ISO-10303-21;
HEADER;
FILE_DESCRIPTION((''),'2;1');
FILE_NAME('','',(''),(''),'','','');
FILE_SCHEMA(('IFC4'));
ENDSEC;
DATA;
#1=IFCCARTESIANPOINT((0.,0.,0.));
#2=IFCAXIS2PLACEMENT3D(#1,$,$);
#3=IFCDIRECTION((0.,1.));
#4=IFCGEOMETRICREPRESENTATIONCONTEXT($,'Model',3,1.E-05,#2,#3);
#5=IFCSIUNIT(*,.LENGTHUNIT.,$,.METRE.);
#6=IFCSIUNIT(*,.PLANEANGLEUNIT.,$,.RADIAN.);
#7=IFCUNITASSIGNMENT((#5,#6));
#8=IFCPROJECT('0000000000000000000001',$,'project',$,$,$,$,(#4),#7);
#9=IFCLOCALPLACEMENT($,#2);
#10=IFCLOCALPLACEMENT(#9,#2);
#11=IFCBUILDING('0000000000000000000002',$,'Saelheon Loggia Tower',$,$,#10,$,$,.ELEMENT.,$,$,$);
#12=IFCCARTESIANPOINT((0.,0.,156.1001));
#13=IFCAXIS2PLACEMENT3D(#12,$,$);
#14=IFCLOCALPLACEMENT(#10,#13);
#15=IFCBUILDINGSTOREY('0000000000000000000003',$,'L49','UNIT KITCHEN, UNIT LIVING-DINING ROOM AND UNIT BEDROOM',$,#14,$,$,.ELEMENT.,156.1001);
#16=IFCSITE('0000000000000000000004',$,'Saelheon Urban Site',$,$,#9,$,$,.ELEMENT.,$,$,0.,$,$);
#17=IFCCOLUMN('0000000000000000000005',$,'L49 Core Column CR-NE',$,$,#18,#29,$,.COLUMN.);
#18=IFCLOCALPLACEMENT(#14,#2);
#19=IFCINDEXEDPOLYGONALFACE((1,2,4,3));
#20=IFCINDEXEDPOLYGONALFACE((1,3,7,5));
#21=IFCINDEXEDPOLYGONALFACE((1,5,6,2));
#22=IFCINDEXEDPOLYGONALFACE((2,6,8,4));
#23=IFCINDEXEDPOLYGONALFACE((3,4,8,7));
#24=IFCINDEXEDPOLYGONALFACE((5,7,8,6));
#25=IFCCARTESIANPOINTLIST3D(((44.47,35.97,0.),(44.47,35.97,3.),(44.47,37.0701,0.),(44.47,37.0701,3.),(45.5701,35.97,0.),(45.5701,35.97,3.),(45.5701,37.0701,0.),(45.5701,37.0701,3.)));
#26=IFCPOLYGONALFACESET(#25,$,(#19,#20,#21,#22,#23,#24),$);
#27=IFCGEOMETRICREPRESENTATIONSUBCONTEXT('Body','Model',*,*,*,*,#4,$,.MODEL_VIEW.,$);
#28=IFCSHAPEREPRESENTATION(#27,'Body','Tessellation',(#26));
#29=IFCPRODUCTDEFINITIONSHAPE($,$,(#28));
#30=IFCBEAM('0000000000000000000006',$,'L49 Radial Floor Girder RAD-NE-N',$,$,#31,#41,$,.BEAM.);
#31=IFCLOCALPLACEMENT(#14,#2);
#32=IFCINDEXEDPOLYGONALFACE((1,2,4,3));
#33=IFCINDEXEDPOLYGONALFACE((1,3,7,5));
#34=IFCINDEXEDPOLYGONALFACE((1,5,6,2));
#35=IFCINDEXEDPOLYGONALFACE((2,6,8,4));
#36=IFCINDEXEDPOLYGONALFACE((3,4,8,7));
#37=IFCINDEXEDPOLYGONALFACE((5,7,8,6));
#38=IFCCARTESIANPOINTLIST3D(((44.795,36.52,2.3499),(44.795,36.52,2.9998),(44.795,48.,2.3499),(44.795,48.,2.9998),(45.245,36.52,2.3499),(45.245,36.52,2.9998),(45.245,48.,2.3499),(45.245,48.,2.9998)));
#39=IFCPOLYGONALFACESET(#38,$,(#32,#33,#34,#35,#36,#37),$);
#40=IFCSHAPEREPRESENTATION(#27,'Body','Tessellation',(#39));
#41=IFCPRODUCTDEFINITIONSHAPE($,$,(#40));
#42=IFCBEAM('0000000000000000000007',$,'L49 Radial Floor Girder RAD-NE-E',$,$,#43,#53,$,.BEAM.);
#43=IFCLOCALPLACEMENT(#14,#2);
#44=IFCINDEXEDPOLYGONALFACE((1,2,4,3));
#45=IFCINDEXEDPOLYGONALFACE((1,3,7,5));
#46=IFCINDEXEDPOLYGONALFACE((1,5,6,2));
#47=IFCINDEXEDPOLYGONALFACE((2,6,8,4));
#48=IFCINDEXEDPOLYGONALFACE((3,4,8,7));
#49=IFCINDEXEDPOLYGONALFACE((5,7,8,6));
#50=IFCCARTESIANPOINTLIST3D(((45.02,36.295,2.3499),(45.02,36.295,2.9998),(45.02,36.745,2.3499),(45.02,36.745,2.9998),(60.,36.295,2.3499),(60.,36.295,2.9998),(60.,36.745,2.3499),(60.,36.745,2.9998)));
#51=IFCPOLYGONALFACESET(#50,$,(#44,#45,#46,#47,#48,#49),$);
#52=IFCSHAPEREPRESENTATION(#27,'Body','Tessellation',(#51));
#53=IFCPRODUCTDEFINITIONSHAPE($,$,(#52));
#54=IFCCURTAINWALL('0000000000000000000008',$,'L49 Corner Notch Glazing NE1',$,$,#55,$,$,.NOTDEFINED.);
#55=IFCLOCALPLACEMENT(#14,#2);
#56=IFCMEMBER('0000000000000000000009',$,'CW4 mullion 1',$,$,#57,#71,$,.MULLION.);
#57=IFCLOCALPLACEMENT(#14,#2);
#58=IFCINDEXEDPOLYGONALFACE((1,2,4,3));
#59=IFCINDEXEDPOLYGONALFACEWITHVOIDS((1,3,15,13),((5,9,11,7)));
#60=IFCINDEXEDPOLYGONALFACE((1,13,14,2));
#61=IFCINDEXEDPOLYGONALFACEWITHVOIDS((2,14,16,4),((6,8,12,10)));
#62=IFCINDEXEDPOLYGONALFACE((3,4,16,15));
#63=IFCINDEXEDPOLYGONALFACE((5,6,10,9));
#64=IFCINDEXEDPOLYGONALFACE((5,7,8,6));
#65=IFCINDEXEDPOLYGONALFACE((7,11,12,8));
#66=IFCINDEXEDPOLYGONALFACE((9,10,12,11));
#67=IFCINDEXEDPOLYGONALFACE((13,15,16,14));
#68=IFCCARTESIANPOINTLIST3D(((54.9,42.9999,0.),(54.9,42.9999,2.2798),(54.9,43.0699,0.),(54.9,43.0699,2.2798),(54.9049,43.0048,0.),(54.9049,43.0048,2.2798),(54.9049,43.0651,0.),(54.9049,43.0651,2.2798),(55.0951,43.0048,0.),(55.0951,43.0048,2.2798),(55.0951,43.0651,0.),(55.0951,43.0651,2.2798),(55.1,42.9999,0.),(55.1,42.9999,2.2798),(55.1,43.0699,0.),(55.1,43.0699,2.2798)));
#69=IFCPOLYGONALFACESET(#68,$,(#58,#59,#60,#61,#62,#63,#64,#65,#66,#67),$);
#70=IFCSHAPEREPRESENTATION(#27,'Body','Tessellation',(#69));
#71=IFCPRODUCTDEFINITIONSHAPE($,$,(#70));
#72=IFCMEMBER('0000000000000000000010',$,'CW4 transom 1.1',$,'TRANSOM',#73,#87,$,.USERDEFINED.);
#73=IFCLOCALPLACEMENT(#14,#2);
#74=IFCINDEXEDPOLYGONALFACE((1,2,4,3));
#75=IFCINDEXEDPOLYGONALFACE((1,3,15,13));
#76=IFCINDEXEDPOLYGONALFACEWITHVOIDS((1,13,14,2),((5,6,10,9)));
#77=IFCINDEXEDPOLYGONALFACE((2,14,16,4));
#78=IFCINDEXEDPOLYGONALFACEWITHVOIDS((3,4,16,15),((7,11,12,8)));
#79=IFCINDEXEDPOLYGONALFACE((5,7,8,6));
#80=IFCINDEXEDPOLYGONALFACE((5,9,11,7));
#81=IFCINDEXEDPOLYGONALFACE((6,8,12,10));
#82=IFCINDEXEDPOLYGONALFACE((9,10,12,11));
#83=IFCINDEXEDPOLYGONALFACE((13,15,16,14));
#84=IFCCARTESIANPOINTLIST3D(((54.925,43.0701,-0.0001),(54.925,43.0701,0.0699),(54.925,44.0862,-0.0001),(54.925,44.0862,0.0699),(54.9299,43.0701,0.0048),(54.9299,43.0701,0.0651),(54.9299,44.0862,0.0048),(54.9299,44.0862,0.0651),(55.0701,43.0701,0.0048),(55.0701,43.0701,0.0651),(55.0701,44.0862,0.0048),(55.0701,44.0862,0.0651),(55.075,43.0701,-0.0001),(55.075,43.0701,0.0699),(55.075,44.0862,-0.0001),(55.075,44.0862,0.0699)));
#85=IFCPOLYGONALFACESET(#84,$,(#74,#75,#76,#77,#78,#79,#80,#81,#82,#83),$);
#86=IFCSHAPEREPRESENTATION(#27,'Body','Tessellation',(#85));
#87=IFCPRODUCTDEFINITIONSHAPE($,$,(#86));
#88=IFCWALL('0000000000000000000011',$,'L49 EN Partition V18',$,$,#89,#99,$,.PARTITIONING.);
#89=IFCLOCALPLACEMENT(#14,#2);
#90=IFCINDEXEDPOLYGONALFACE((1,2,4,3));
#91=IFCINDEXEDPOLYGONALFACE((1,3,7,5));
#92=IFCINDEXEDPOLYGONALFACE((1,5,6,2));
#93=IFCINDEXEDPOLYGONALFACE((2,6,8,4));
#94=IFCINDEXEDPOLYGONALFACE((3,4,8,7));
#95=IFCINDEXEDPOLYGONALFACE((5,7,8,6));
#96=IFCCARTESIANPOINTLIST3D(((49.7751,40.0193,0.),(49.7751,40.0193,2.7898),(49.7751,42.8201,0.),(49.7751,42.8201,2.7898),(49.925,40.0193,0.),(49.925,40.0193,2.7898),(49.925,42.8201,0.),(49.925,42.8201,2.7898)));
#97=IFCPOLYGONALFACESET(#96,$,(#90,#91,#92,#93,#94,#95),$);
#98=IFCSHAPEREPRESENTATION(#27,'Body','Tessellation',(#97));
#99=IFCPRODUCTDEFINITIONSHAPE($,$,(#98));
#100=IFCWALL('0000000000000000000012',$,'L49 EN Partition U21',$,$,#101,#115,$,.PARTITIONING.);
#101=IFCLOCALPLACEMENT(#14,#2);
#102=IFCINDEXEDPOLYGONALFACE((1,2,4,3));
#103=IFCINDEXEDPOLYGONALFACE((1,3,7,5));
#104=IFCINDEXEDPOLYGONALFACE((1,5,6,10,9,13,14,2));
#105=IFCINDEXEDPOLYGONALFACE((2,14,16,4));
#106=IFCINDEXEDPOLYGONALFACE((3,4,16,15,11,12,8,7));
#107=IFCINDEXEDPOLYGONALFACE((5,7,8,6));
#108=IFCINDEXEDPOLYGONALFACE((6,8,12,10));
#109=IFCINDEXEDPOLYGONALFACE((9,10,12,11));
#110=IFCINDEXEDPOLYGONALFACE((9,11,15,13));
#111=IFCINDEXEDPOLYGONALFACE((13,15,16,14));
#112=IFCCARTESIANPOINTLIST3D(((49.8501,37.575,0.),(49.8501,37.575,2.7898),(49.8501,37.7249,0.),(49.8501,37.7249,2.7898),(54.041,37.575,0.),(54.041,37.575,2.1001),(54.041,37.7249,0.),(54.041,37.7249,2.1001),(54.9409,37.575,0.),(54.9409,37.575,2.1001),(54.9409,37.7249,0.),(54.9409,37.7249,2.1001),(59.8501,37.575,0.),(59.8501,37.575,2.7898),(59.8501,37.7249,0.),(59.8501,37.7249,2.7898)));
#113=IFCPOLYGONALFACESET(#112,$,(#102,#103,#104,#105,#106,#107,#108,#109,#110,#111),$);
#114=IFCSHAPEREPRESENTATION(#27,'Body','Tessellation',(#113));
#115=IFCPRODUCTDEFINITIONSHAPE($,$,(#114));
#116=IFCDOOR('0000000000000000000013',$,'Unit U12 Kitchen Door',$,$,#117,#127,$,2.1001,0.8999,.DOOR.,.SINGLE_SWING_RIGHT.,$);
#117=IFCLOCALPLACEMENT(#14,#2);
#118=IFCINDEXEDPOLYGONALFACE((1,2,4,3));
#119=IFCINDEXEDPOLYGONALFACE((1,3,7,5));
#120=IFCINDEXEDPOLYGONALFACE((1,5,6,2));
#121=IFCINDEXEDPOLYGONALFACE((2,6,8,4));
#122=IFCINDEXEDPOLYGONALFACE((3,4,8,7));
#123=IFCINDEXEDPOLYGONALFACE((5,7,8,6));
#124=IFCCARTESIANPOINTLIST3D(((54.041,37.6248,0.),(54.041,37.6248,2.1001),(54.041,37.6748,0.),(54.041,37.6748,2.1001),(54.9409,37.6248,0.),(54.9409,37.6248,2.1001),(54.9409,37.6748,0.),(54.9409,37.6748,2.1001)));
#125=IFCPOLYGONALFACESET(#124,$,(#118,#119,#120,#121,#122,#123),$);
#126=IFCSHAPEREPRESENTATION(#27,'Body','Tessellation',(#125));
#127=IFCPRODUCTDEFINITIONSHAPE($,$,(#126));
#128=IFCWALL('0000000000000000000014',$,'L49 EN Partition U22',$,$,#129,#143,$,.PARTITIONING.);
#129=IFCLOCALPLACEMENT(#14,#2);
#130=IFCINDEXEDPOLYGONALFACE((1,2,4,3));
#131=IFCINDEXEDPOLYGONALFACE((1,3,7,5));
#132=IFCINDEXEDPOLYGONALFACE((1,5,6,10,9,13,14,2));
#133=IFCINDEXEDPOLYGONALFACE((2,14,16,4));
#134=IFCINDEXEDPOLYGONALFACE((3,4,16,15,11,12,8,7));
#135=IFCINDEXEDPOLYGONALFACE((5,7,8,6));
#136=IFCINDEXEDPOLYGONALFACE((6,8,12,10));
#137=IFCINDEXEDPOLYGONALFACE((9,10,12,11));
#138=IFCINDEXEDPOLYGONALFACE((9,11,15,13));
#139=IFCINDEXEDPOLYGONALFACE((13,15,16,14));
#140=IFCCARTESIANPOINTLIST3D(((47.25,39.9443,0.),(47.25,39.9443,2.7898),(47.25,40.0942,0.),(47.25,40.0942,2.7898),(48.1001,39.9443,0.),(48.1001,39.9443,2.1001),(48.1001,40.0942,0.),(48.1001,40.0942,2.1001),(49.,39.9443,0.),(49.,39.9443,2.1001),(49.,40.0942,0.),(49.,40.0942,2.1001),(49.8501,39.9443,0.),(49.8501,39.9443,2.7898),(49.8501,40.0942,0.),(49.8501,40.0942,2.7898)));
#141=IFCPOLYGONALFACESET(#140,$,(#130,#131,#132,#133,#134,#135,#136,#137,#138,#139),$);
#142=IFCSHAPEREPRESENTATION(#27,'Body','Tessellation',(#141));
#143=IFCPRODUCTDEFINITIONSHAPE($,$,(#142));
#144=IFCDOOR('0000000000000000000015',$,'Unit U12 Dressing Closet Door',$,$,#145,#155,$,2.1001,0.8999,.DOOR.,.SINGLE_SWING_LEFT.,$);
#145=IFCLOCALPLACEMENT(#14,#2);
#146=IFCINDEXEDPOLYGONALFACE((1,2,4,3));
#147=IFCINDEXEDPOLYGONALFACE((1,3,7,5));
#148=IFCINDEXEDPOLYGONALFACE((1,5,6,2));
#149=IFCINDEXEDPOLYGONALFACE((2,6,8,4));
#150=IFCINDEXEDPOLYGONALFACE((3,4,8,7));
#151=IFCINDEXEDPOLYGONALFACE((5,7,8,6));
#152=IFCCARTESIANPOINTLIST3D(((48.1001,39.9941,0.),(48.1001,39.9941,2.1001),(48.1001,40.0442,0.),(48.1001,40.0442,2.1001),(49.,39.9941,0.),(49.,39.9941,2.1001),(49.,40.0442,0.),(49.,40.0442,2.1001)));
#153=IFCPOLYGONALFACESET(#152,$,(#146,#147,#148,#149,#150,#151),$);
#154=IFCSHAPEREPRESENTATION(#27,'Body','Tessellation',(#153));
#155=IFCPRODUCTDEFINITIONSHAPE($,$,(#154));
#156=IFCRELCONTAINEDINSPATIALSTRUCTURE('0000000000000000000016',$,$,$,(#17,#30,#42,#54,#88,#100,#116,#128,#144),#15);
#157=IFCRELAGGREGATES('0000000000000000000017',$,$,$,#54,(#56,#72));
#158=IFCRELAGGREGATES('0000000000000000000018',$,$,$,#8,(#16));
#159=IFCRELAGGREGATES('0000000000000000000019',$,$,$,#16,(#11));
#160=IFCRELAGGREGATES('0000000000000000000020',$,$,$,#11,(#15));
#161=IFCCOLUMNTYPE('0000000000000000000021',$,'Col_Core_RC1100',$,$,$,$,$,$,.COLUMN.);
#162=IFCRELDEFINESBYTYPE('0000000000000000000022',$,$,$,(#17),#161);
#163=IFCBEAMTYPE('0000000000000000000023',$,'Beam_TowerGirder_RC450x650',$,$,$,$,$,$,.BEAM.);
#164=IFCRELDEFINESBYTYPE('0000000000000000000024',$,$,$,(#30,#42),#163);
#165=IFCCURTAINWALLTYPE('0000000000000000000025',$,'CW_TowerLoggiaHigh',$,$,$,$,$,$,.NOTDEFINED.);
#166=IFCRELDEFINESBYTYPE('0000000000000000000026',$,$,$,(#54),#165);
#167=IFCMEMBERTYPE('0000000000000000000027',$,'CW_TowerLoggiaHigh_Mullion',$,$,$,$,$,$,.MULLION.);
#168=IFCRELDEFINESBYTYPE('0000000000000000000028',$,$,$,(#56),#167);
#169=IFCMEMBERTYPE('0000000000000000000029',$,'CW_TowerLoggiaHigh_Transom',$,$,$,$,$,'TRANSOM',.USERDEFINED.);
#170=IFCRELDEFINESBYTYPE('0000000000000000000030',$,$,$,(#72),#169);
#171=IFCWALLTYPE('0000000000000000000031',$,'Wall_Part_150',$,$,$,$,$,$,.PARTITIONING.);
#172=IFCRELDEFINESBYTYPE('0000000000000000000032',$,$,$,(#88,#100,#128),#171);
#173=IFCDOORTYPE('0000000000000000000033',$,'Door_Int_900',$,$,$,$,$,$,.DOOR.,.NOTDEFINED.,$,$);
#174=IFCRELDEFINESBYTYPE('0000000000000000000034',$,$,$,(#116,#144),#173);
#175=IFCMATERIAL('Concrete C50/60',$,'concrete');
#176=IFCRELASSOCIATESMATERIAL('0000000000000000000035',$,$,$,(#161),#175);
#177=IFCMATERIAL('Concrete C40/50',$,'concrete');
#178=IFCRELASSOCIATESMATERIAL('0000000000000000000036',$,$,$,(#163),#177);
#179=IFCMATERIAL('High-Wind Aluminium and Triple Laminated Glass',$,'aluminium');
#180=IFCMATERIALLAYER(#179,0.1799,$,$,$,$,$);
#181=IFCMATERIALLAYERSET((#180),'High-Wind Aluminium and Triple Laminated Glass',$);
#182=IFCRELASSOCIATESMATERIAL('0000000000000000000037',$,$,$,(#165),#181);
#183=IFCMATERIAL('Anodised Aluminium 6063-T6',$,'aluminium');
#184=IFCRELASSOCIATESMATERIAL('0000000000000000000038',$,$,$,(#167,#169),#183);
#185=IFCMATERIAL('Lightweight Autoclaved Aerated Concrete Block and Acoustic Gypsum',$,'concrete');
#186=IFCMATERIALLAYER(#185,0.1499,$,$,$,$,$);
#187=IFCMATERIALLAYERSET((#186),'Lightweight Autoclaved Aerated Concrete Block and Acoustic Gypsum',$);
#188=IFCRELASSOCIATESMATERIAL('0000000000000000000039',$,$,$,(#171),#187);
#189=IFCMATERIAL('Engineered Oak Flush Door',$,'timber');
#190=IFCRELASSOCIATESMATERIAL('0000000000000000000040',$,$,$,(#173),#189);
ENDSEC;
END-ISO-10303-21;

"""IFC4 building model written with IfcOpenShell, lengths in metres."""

from ifc_helpers import new_model, si_unit, direction, frame, frame_2d, origin, origin_2d, place, context, subcontext, project, spatial, rectangle, hollow_rectangle, extrude, source, transform, mapped, material, layer, layer_set, material_profile, profile_set, type_object, element, fill, aggregate, save


model = new_model("IFC4")

# Units and contexts
model_context = context("Model", 3, precision=1e-05, world=origin(), true_north=direction((0.0, 1.0)))
body_context = subcontext(model_context, "Body", "Model", "MODEL_VIEW")
ifc_project = project(units=[si_unit("LENGTHUNIT", "METRE"), si_unit("PLANEANGLEUNIT", "RADIAN")], contexts=[model_context])

# Site, building, storey
site_placement = place(None, origin())
site = spatial("IfcSite", under=ifc_project, at=site_placement, Name="Saelheon Urban Site", CompositionType="ELEMENT", RefElevation=0.0)
building_placement = place(site_placement, origin())
building = spatial("IfcBuilding", under=site, at=building_placement, Name="Saelheon Loggia Tower", CompositionType="ELEMENT")
storey_placement = place(building_placement, frame((0.0, 0.0, 156.1001)))
storey = spatial("IfcBuildingStorey", under=building, at=storey_placement, Name="L49", Description="UNIT KITCHEN, UNIT LIVING-DINING ROOM AND UNIT BEDROOM", CompositionType="ELEMENT", Elevation=156.1001)

# Column
ifc_material_1 = material(Name="Concrete C50/60", Category="concrete")
ifc_material_profile_1 = material_profile(ifc_material_1, rectangle(XDim=1.1001, YDim=1.1001, at=origin_2d()), Name="RC-1100x1100")
ifc_profile_set_1 = profile_set([ifc_material_profile_1], Name="Concrete C50/60")
column_type = type_object("IfcColumnType", Name="Col_Core_RC1100", PredefinedType="COLUMN", material=ifc_profile_set_1)
shared_shape_1 = source(origin(), body_context, "Body", "SweptSolid", [
    extrude(rectangle(XDim=1.1001, YDim=1.1001, at=origin_2d()), origin(), (0.0, 0.0, 1.0), 3.0),
])
column_placement = place(storey_placement, frame((45.02, 36.52, 0.0), z_axis=(0.0, 0.0, 1.0), x_axis=(1.0, 0.0, 0.0)))
element("IfcColumn", 1, at=column_placement, inside=storey, type_object=column_type, Name="L49 Core Column CR-NE", PredefinedType="COLUMN", context=body_context, shape_type="MappedRepresentation", body=[
    mapped(shared_shape_1, transform((0.0, 0.0, 0.0), scale=1.0)),
])

# Beams
ifc_material_2 = material(Name="Concrete C40/50", Category="concrete")
ifc_material_profile_2 = material_profile(ifc_material_2, rectangle(XDim=0.45, YDim=0.6499, at=origin_2d()), Name="RC-450x650")
ifc_profile_set_2 = profile_set([ifc_material_profile_2], Name="Concrete C40/50")
beam_type = type_object("IfcBeamType", Name="Beam_TowerGirder_RC450x650", PredefinedType="BEAM", material=ifc_profile_set_2)
shared_shape_2 = source(origin(), body_context, "Body", "SweptSolid", [
    extrude(rectangle(XDim=0.45, YDim=0.6499, at=origin_2d()), origin(), (0.0, 0.0, 1.0), 11.48),
])
beam_1_placement = place(storey_placement, frame((45.02, 36.52, 2.6748), z_axis=(0.0, 1.0, 0.0), x_axis=(-1.0, 0.0, 0.0)))
element("IfcBeam", 2, at=beam_1_placement, inside=storey, type_object=beam_type, Name="L49 Radial Floor Girder RAD-NE-N", PredefinedType="BEAM", context=body_context, shape_type="MappedRepresentation", body=[
    mapped(shared_shape_2, transform((0.0, 0.0, 0.0), scale=1.0)),
])
shared_shape_3 = source(origin(), body_context, "Body", "SweptSolid", [
    extrude(rectangle(XDim=0.45, YDim=0.6499, at=origin_2d()), origin(), (0.0, 0.0, 1.0), 14.98),
])
beam_2_placement = place(storey_placement, frame((45.02, 36.52, 2.6748), z_axis=(1.0, 0.0, 0.0), x_axis=(0.0, 1.0, 0.0)))
element("IfcBeam", 3, at=beam_2_placement, inside=storey, type_object=beam_type, Name="L49 Radial Floor Girder RAD-NE-E", PredefinedType="BEAM", context=body_context, shape_type="MappedRepresentation", body=[
    mapped(shared_shape_3, transform((0.0, 0.0, 0.0), scale=1.0)),
])

# Curtain wall, members
ifc_material_3 = material(Name="High-Wind Aluminium and Triple Laminated Glass", Category="aluminium")
ifc_layer_1 = layer(ifc_material_3, 0.1799)
ifc_layer_set_1 = layer_set([ifc_layer_1], Name="High-Wind Aluminium and Triple Laminated Glass")
curtain_wall_type = type_object("IfcCurtainWallType", Name="CW_TowerLoggiaHigh", PredefinedType="NOTDEFINED", material=ifc_layer_set_1)
curtain_wall_placement = place(storey_placement, origin())
curtain_wall = element("IfcCurtainWall", 4, at=curtain_wall_placement, inside=storey, type_object=curtain_wall_type, Name="L49 Corner Notch Glazing NE1", PredefinedType="NOTDEFINED")
ifc_material_4 = material(Name="Anodised Aluminium 6063-T6", Category="aluminium")
ifc_material_profile_3 = material_profile(ifc_material_4, hollow_rectangle(XDim=0.0701, YDim=0.2, WallThickness=0.0049, at=origin_2d()), Name="RHS-200x70x5")
ifc_profile_set_3 = profile_set([ifc_material_profile_3], Name="Anodised Aluminium 6063-T6")
member_type_1 = type_object("IfcMemberType", Name="CW_TowerLoggiaHigh_Mullion", PredefinedType="MULLION", material=ifc_profile_set_3)
shared_shape_4 = source(origin(), body_context, "Body", "SweptSolid", [
    extrude(hollow_rectangle(XDim=0.0701, YDim=0.2, WallThickness=0.0049, at=origin_2d()), origin(), (0.0, 0.0, 1.0), 2.2798),
])
member_1_placement = place(storey_placement, frame((55.0, 43.0349, 0.0), z_axis=(0.0, 0.0, 1.0), x_axis=(0.0, 1.0, 0.0)))
member_1 = element("IfcMember", 5, at=member_1_placement, type_object=member_type_1, Name="CW4 mullion 1", PredefinedType="MULLION", context=body_context, shape_type="MappedRepresentation", body=[
    mapped(shared_shape_4, transform((0.0, 0.0, 0.0), scale=1.0)),
])
ifc_material_profile_4 = material_profile(ifc_material_4, hollow_rectangle(XDim=0.0701, YDim=0.1499, WallThickness=0.0049, at=origin_2d()), Name="RHS-150x70x5")
ifc_profile_set_4 = profile_set([ifc_material_profile_4], Name="Anodised Aluminium 6063-T6")
member_type_2 = type_object("IfcMemberType", Name="CW_TowerLoggiaHigh_Transom", ElementType="TRANSOM", PredefinedType="USERDEFINED", material=ifc_profile_set_4)
shared_shape_5 = source(origin(), body_context, "Body", "SweptSolid", [
    extrude(hollow_rectangle(XDim=0.0701, YDim=0.1499, WallThickness=0.0049, at=origin_2d()), origin(), (0.0, 0.0, 1.0), 1.0161),
])
member_2_placement = place(storey_placement, frame((55.0, 43.0701, 0.0349), z_axis=(0.0, 1.0, 0.0), x_axis=(0.0, 0.0, 1.0)))
member_2 = element("IfcMember", 6, at=member_2_placement, type_object=member_type_2, Name="CW4 transom 1.1", ObjectType="TRANSOM", PredefinedType="USERDEFINED", context=body_context, shape_type="MappedRepresentation", body=[
    mapped(shared_shape_5, transform((0.0, 0.0, 0.0), scale=1.0)),
])
aggregate(curtain_wall, [member_1, member_2])

# Wall
ifc_material_5 = material(Name="Lightweight Autoclaved Aerated Concrete Block and Acoustic Gypsum", Category="concrete")
ifc_layer_2 = layer(ifc_material_5, 0.1499)
ifc_layer_set_2 = layer_set([ifc_layer_2], Name="Lightweight Autoclaved Aerated Concrete Block and Acoustic Gypsum")
wall_type_1 = type_object("IfcWallType", Name="Wall_Part_150", PredefinedType="PARTITIONING", material=ifc_layer_set_2)
wall_1_placement = place(storey_placement, frame((49.8501, 40.0193, 0.0), z_axis=(0.0, 0.0, 1.0), x_axis=(0.0, 1.0, 0.0)))
element("IfcWall", 7, at=wall_1_placement, inside=storey, type_object=wall_type_1, Name="L49 EN Partition V18", PredefinedType="PARTITIONING", context=body_context, shape_type="SweptSolid", body=[
    extrude(rectangle(XDim=2.8008, YDim=0.1499, at=frame_2d((1.4004, 0.0))), origin(), (0.0, 0.0, 1.0), 2.7898),
])

# Walls, openings, doors
wall_2_placement = place(storey_placement, frame((49.8501, 37.6499, 0.0), z_axis=(0.0, 0.0, 1.0), x_axis=(1.0, 0.0, 0.0)))
wall_2 = element("IfcWall", 8, at=wall_2_placement, inside=storey, type_object=wall_type_1, Name="L49 EN Partition U21", PredefinedType="PARTITIONING", context=body_context, shape_type="SweptSolid", body=[
    extrude(rectangle(XDim=10.0, YDim=0.1499, at=frame_2d((5.0, 0.0))), origin(), (0.0, 0.0, 1.0), 2.7898),
])
opening_1_placement = place(wall_2_placement, frame((4.1909, 0.0, 0.0)))
opening_1 = element("IfcOpeningElement", 9, at=opening_1_placement, cuts=wall_2, PredefinedType="OPENING", context=body_context, shape_type="SweptSolid", body=[
    extrude(rectangle(XDim=0.8999, YDim=2.1001, at=frame_2d((0.45, 1.05))), frame((0.0, 0.0869, 0.0), z_axis=(0.0, -1.0, 0.0), x_axis=(1.0, 0.0, 0.0)), (0.0, 0.0, 1.0), 0.1738),
])
ifc_material_6 = material(Name="Engineered Oak Flush Door", Category="timber")
door_type_1 = type_object("IfcDoorType", Name="Door_Int_900", OperationType="NOTDEFINED", PredefinedType="DOOR", material=ifc_material_6)
shared_shape_6 = source(origin(), body_context, "Body", "SweptSolid", [
    extrude(rectangle(XDim=0.8999, YDim=2.1001, at=frame_2d((0.45, 1.05))), frame((0.0, 0.0249, 0.0), z_axis=(0.0, -1.0, 0.0), x_axis=(1.0, 0.0, 0.0)), (0.0, 0.0, 1.0), 0.05),
])
door_1_placement = place(opening_1_placement, origin())
door_1 = element("IfcDoor", 10, at=door_1_placement, inside=storey, type_object=door_type_1, Name="Unit U12 Kitchen Door", OperationType="SINGLE_SWING_RIGHT", OverallHeight=2.1001, OverallWidth=0.8999, PredefinedType="DOOR", context=body_context, shape_type="MappedRepresentation", body=[
    mapped(shared_shape_6, transform((0.0, 0.0, 0.0), scale=1.0)),
])
fill(opening_1, door_1)
wall_3_placement = place(storey_placement, frame((47.25, 40.0193, 0.0), z_axis=(0.0, 0.0, 1.0), x_axis=(1.0, 0.0, 0.0)))
wall_3 = element("IfcWall", 11, at=wall_3_placement, inside=storey, type_object=wall_type_1, Name="L49 EN Partition U22", PredefinedType="PARTITIONING", context=body_context, shape_type="SweptSolid", body=[
    extrude(rectangle(XDim=2.6001, YDim=0.1499, at=frame_2d((1.3, 0.0))), origin(), (0.0, 0.0, 1.0), 2.7898),
])
opening_2_placement = place(wall_3_placement, frame((0.8501, 0.0, 0.0)))
opening_2 = element("IfcOpeningElement", 12, at=opening_2_placement, cuts=wall_3, PredefinedType="OPENING", context=body_context, shape_type="SweptSolid", body=[
    extrude(rectangle(XDim=0.8999, YDim=2.1001, at=frame_2d((0.45, 1.05))), frame((0.0, 0.0869, 0.0), z_axis=(0.0, -1.0, 0.0), x_axis=(1.0, 0.0, 0.0)), (0.0, 0.0, 1.0), 0.1738),
])
door_2_placement = place(opening_2_placement, origin())
door_2 = element("IfcDoor", 13, at=door_2_placement, inside=storey, type_object=door_type_1, Name="Unit U12 Dressing Closet Door", OperationType="SINGLE_SWING_LEFT", OverallHeight=2.1001, OverallWidth=0.8999, PredefinedType="DOOR", context=body_context, shape_type="MappedRepresentation", body=[
    mapped(shared_shape_6, transform((0.0, 0.0, 0.0), scale=1.0)),
])
fill(opening_2, door_2)

save(model, "model.ifc")
